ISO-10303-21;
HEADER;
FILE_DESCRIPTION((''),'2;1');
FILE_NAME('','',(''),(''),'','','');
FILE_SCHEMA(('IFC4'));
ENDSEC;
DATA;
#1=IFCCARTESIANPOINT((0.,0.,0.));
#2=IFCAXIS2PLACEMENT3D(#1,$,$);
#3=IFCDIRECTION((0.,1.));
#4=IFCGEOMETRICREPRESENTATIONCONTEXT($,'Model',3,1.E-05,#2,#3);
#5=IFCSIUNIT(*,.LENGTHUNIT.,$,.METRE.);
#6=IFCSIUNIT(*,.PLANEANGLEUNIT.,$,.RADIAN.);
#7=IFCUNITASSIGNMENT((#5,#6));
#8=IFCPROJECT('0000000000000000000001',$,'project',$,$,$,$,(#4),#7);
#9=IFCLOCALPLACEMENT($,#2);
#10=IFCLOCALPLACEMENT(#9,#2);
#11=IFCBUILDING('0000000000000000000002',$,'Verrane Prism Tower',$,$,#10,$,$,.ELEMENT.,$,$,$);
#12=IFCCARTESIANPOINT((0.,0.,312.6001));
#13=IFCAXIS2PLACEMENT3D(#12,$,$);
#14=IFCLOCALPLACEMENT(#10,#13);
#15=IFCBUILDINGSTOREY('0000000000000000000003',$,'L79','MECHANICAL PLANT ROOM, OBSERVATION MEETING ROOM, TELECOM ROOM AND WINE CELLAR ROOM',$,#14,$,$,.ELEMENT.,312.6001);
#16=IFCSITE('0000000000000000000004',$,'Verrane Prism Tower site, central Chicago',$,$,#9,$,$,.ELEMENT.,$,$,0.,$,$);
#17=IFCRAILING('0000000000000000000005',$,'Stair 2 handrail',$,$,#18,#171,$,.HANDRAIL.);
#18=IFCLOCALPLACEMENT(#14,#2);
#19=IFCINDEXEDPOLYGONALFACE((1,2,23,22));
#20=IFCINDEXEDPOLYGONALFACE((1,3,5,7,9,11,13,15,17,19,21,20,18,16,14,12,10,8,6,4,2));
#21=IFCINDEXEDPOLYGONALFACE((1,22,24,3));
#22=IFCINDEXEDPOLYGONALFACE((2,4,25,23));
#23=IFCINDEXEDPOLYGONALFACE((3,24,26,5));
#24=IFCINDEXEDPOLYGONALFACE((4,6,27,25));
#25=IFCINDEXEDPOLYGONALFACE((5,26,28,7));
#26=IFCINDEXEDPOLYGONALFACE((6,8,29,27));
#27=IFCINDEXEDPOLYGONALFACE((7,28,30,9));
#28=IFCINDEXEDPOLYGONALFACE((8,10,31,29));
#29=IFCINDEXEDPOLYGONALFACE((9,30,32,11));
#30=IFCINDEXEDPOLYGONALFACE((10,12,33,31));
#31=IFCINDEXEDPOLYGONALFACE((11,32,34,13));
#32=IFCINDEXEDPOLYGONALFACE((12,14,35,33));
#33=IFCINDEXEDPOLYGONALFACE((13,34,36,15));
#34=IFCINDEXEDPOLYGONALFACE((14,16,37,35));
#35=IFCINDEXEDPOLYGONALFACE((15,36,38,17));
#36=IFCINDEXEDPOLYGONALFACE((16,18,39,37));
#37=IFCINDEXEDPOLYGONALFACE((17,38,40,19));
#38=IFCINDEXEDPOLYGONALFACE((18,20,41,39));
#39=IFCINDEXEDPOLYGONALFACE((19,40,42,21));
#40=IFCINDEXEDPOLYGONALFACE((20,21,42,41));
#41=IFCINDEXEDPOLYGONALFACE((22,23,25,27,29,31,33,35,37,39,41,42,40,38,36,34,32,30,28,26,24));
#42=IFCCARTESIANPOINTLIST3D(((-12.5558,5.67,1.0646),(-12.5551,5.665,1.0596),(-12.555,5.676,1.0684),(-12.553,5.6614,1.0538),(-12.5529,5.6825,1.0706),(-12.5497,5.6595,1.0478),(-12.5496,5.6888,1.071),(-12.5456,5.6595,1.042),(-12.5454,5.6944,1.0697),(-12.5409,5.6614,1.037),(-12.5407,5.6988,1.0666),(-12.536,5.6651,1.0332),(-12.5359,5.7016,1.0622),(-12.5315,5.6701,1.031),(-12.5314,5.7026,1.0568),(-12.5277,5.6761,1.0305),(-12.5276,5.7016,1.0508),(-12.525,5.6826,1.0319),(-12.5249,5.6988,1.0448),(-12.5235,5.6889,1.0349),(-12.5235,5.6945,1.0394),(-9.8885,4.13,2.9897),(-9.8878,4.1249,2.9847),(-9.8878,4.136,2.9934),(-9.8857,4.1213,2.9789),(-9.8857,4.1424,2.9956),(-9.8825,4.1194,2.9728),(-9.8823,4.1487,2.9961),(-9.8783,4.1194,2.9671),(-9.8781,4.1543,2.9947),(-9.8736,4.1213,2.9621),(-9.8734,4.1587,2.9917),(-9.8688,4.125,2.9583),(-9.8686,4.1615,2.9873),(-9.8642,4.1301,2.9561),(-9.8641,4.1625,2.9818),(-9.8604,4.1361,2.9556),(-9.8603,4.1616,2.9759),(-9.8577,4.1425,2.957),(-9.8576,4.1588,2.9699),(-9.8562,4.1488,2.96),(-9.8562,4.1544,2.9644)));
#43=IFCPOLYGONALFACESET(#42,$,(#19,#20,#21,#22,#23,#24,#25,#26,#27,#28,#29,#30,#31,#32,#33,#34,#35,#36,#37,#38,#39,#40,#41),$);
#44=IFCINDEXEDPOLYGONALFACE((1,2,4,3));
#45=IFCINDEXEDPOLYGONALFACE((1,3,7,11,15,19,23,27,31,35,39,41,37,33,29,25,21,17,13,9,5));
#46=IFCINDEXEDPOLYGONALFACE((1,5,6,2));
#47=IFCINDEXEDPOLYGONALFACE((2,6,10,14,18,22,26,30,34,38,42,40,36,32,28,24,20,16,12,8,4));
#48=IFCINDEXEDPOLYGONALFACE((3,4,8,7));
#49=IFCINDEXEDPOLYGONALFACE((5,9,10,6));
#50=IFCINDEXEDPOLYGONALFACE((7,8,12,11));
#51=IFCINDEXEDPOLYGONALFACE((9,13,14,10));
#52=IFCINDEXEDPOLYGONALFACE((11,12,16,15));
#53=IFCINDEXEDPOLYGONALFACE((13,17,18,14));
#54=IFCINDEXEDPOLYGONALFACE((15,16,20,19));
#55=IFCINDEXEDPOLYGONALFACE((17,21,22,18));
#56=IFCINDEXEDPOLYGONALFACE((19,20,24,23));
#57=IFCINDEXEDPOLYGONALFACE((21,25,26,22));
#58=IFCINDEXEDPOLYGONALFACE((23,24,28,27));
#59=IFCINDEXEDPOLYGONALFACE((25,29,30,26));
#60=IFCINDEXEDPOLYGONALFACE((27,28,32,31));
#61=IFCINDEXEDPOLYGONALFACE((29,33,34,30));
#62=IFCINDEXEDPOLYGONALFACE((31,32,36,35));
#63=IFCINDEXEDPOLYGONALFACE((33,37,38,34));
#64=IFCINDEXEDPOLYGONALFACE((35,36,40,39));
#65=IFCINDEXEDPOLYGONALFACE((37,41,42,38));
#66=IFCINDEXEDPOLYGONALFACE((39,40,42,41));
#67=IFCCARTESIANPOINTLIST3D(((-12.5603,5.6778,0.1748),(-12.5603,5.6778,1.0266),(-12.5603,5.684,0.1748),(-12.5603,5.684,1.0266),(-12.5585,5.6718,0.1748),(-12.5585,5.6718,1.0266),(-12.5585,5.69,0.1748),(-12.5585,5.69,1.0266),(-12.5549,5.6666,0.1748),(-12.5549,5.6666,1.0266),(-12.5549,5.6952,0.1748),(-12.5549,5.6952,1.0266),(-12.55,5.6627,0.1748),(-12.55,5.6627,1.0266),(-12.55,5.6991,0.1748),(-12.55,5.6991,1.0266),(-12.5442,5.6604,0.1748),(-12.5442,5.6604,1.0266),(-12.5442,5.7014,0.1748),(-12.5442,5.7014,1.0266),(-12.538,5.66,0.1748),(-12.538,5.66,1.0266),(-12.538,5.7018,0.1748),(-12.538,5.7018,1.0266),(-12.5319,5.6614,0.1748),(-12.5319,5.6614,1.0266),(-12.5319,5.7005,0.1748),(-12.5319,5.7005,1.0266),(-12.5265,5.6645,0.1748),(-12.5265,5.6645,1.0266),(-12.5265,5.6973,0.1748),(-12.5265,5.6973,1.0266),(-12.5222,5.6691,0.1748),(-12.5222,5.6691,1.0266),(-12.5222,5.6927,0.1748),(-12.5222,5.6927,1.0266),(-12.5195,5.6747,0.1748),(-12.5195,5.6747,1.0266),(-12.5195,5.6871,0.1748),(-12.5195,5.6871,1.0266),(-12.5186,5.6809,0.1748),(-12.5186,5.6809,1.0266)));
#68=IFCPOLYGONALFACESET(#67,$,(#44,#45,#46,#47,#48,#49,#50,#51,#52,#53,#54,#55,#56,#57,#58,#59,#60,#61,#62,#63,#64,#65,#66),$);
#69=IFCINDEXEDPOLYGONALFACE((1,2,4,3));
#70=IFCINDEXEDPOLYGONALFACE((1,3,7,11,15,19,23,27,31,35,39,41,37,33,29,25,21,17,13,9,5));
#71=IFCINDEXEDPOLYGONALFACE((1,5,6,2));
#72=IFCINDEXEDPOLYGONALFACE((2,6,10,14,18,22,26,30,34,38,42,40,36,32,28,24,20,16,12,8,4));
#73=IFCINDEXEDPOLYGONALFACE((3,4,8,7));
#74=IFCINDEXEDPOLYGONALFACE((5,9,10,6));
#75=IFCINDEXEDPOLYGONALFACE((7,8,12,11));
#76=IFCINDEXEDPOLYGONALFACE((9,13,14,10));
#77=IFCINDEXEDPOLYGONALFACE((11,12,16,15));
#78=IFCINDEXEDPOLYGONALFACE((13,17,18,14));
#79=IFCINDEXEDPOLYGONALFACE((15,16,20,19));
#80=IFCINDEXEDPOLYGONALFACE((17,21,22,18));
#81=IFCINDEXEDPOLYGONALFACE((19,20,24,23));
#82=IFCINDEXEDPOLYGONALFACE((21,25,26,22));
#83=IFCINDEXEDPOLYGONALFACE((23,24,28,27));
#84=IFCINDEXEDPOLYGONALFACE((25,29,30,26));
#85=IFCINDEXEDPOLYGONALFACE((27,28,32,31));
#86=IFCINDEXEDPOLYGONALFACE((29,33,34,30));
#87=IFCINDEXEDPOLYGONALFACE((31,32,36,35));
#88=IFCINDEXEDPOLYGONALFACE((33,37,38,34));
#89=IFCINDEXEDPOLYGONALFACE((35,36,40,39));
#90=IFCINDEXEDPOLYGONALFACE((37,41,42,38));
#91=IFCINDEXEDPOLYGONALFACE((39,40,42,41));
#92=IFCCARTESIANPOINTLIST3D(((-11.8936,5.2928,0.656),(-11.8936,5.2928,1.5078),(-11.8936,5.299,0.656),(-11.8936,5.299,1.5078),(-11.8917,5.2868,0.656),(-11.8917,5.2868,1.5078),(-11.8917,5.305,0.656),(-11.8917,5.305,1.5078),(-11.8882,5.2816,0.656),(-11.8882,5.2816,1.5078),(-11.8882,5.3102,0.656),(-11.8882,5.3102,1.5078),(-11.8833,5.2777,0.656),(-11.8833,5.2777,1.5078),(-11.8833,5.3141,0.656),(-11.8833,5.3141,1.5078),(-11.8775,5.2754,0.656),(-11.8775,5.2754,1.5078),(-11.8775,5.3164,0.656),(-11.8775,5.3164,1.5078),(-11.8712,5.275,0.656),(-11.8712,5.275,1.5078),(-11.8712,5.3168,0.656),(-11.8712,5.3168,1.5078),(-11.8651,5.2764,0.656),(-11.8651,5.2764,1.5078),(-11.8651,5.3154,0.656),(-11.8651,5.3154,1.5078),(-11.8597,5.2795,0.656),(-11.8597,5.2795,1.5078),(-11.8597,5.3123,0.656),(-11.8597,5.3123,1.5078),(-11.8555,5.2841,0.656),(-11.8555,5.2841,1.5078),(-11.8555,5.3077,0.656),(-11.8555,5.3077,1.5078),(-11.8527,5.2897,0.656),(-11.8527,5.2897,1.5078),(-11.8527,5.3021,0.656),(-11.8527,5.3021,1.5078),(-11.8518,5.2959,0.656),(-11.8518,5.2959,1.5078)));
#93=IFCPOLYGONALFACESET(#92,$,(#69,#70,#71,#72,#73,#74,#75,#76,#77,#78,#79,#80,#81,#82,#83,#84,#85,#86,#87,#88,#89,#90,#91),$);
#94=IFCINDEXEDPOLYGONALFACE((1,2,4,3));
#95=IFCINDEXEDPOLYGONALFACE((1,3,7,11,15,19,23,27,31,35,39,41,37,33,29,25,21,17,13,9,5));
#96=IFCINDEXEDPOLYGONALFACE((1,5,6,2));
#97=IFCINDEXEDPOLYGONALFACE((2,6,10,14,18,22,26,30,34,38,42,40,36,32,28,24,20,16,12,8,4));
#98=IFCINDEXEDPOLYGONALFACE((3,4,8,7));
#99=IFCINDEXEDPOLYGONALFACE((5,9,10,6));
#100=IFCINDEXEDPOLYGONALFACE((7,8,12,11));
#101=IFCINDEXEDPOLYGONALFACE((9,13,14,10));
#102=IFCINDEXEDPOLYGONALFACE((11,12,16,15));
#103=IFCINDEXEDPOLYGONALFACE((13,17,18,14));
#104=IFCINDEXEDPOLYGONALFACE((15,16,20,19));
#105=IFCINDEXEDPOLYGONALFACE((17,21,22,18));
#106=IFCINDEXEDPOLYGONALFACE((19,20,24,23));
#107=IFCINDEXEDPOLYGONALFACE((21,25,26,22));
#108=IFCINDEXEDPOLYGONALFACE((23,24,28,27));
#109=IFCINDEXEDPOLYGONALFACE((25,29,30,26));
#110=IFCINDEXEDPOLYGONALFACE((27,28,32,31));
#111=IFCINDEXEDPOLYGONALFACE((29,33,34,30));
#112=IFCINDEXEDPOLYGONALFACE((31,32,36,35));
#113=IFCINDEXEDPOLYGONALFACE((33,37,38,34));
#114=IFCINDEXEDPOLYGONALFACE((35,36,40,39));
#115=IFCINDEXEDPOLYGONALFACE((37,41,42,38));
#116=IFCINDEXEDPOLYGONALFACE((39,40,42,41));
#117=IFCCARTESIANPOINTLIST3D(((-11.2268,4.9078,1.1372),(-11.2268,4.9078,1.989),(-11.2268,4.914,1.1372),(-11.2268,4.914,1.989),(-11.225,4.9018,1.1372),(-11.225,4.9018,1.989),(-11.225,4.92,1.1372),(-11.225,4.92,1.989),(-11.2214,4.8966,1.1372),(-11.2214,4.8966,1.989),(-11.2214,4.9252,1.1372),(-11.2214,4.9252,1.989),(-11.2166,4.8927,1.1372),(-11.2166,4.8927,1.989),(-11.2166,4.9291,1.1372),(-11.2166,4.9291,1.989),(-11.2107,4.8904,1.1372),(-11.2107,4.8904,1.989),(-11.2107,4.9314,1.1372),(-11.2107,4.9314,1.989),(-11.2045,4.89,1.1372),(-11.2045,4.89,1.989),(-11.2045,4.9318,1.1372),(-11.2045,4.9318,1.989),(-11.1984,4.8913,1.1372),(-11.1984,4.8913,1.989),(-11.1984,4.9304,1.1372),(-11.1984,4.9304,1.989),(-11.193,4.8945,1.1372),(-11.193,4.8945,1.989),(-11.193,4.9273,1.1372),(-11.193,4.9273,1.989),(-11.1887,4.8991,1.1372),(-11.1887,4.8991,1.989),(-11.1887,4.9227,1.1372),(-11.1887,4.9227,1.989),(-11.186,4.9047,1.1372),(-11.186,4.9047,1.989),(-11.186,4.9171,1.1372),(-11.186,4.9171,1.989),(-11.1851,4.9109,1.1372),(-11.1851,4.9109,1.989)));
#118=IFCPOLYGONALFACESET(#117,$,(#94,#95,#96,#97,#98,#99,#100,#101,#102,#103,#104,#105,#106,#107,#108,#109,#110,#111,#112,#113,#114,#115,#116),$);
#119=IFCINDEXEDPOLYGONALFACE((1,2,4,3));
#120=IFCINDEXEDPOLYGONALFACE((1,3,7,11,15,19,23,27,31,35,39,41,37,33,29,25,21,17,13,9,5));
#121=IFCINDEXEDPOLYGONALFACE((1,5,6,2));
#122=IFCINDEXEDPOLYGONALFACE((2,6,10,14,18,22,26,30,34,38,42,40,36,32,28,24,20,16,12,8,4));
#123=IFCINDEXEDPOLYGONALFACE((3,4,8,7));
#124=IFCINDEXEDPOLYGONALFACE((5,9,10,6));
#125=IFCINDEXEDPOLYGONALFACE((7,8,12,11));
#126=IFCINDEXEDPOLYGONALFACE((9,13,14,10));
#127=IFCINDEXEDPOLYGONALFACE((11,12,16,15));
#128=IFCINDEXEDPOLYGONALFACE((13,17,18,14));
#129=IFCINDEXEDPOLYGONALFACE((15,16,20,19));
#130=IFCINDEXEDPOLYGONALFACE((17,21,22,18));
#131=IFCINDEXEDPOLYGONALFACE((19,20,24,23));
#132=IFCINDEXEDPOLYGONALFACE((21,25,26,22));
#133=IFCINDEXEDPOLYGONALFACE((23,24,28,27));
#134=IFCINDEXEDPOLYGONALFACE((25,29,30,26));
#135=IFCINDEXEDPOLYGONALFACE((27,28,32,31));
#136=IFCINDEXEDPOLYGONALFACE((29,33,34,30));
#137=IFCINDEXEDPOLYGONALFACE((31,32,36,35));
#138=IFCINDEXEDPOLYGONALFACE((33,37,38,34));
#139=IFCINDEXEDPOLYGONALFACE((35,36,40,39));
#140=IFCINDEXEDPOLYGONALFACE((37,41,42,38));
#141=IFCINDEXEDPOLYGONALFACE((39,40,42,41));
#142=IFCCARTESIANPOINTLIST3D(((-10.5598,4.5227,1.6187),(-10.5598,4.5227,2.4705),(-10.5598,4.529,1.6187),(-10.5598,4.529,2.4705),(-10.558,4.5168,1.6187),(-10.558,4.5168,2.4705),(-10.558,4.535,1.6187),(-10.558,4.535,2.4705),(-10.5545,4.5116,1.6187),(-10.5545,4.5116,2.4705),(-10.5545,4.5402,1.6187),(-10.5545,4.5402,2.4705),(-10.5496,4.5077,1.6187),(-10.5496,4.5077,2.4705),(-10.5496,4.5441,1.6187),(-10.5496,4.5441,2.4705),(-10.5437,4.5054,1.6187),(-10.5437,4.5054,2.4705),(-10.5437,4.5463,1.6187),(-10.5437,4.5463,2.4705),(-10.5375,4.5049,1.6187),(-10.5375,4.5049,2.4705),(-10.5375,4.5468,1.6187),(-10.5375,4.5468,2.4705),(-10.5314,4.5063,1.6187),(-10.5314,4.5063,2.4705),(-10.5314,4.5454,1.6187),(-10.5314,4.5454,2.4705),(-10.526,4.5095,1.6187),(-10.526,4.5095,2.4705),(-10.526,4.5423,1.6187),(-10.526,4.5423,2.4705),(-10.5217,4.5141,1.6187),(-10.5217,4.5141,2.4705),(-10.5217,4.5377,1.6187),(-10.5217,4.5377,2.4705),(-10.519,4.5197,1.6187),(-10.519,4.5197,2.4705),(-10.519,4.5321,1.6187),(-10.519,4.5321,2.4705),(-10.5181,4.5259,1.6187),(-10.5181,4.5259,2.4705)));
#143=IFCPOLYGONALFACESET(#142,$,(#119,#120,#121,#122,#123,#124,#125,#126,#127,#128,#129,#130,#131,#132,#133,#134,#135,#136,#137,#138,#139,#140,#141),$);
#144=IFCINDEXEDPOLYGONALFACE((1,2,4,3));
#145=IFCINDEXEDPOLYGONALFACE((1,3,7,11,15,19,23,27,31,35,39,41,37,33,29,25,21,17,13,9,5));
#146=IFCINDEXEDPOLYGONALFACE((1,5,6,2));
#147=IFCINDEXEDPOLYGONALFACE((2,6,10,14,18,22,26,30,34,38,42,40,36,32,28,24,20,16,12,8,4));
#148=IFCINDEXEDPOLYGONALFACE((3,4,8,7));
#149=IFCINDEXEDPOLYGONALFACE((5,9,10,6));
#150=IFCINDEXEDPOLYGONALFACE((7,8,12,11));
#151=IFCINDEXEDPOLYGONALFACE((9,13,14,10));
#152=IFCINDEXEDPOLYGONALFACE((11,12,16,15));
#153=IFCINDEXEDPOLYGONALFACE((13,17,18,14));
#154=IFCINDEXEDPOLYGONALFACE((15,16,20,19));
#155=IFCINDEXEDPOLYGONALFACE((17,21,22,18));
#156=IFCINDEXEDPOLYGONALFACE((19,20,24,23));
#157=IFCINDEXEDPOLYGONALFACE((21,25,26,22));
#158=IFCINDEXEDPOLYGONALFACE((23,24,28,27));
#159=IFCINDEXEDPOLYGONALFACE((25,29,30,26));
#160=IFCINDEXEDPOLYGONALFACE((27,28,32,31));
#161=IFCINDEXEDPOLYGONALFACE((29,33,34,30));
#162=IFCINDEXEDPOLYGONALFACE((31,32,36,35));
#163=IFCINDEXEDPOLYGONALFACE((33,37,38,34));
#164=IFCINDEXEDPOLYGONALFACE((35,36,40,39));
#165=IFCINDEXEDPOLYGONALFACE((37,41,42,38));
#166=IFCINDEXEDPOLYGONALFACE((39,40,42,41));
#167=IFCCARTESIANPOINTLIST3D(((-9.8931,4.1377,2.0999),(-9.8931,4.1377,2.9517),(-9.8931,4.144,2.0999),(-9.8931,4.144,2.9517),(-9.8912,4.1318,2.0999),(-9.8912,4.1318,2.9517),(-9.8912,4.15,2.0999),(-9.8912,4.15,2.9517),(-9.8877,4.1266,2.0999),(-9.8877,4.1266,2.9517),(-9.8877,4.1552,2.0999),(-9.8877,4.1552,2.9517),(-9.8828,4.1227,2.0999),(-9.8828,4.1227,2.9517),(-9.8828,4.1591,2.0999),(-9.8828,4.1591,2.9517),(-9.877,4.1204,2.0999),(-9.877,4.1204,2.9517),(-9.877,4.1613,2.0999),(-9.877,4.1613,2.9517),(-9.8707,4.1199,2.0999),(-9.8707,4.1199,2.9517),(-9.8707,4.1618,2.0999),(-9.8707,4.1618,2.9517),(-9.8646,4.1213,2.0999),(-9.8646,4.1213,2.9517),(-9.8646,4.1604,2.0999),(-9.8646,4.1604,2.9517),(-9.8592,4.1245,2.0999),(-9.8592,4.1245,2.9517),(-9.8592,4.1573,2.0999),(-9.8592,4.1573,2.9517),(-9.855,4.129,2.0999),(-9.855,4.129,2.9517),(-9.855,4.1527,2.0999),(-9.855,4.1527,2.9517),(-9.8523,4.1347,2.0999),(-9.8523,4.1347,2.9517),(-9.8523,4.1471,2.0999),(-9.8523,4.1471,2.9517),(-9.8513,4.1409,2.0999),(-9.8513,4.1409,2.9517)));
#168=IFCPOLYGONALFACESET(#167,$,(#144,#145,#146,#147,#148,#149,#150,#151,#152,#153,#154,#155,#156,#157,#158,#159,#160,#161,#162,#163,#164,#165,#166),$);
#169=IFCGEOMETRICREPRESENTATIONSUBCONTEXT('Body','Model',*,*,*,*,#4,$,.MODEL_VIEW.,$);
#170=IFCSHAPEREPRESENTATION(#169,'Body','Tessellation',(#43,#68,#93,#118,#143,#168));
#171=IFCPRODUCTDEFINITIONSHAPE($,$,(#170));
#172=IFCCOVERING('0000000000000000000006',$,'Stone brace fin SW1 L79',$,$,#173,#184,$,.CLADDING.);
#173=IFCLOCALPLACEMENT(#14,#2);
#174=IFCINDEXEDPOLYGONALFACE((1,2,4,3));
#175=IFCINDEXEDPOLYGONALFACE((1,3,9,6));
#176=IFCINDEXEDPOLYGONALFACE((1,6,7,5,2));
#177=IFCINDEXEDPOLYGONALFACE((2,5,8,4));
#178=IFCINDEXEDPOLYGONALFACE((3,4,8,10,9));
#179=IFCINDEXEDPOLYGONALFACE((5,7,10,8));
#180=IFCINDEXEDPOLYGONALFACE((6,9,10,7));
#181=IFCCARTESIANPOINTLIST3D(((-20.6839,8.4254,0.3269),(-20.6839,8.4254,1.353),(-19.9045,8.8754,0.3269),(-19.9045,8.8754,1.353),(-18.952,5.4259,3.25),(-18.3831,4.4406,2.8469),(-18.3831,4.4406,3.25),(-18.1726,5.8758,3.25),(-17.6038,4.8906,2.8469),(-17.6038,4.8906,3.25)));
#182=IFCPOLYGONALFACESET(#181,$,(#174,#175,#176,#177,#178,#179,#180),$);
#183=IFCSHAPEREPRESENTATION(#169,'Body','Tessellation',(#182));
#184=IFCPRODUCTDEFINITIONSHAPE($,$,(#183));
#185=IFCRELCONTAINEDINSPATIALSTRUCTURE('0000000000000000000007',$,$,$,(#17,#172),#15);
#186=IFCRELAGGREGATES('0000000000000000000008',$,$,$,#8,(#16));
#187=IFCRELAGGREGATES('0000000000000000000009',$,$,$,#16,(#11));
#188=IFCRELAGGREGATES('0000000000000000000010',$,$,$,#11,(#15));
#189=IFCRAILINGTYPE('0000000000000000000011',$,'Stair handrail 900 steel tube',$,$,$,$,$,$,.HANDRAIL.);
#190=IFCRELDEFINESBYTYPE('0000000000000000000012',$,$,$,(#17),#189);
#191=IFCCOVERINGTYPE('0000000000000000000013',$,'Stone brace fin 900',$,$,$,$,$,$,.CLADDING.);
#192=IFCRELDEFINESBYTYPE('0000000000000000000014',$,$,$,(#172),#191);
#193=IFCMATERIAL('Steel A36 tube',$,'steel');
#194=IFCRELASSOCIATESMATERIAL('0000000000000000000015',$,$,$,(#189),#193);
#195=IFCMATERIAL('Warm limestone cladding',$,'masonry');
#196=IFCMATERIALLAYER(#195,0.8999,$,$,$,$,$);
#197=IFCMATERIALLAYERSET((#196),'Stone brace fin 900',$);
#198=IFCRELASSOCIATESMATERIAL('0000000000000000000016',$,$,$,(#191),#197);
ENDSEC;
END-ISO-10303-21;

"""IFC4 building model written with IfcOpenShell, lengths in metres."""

from ifc_helpers import new_model, si_unit, direction, frame, origin, origin_2d, place, context, subcontext, project, spatial, polyline, circle, outline, extrude, material, layer, layer_set, type_object, element, save


model = new_model("IFC4")

# Units and contexts
model_context = context("Model", 3, precision=1e-05, world=origin(), true_north=direction((0.0, 1.0)))
body_context = subcontext(model_context, "Body", "Model", "MODEL_VIEW")
ifc_project = project(units=[si_unit("LENGTHUNIT", "METRE"), si_unit("PLANEANGLEUNIT", "RADIAN")], contexts=[model_context])

# Site, building, storey
site_placement = place(None, origin())
site = spatial("IfcSite", under=ifc_project, at=site_placement, Name="Verrane Prism Tower site, central Chicago", CompositionType="ELEMENT", RefElevation=0.0)
building_placement = place(site_placement, origin())
building = spatial("IfcBuilding", under=site, at=building_placement, Name="Verrane Prism Tower", CompositionType="ELEMENT")
storey_placement = place(building_placement, frame((0.0, 0.0, 312.6001)))
storey = spatial("IfcBuildingStorey", under=building, at=storey_placement, Name="L79", Description="MECHANICAL PLANT ROOM, OBSERVATION MEETING ROOM, TELECOM ROOM AND WINE CELLAR ROOM", CompositionType="ELEMENT", Elevation=312.6001)

# Railing
ifc_material_1 = material(Name="Steel A36 tube", Category="steel")
railing_type_1 = type_object("IfcRailingType", Name="Stair handrail 900 steel tube", PredefinedType="HANDRAIL", material=ifc_material_1)
railing_1_placement = place(storey_placement, frame((-12.5396, 5.6809, 0.1748)))
element("IfcRailing", 1, at=railing_1_placement, inside=storey, type_object=railing_type_1, Name="Stair 2 handrail", PredefinedType="HANDRAIL", context=body_context, shape_type="SweptSolid", body=[
    extrude(circle(Radius=0.0239, at=origin_2d()), frame((0.0, 0.0, 0.876), z_axis=(0.734364, -0.424015, 0.530019), x_axis=(0.500027, 0.86601, 0.0)), (0.0, 0.0, 1.0), 3.6321),
    extrude(circle(Radius=0.021, at=origin_2d()), origin(), (0.0, 0.0, 1.0), 0.8518),
    extrude(circle(Radius=0.021, at=origin_2d()), frame((0.6667, -0.385, 0.4812)), (0.0, 0.0, 1.0), 0.8518),
    extrude(circle(Radius=0.021, at=origin_2d()), frame((1.3335, -0.77, 0.9624)), (0.0, 0.0, 1.0), 0.8518),
    extrude(circle(Radius=0.021, at=origin_2d()), frame((2.0005, -1.155, 1.4438)), (0.0, 0.0, 1.0), 0.8518),
    extrude(circle(Radius=0.021, at=origin_2d()), frame((2.6672, -1.54, 1.925)), (0.0, 0.0, 1.0), 0.8518),
])

# Covering
ifc_material_2 = material(Name="Warm limestone cladding", Category="masonry")
ifc_layer_1 = layer(ifc_material_2, 0.8999)
ifc_layer_set_1 = layer_set([ifc_layer_1], Name="Stone brace fin 900")
covering_type = type_object("IfcCoveringType", Name="Stone brace fin 900", PredefinedType="CLADDING", material=ifc_layer_set_1)
covering_placement = place(storey_placement, frame((-20.2942, 8.6504, 0.3269), z_axis=(0.0, 0.0, 1.0), x_axis=(0.500019, -0.866014, 0.0)))
element("IfcCovering", 2, at=covering_placement, inside=storey, type_object=covering_type, Name="Stone brace fin SW1 L79", PredefinedType="CLADDING", context=body_context, shape_type="SweptSolid", body=[
    extrude(outline(polyline([(4.6013, 2.9231), (3.4636, 2.9231), (0.0, 1.0261), (0.0, 0.0), (4.6013, 2.52), (4.6013, 2.9231)])), frame((0.0, 0.45, 0.0), z_axis=(0.0, -1.0, 0.0), x_axis=(1.0, 0.0, 0.0)), (0.0, 0.0, 1.0), 0.8999),
])

save(model, "model.ifc")
